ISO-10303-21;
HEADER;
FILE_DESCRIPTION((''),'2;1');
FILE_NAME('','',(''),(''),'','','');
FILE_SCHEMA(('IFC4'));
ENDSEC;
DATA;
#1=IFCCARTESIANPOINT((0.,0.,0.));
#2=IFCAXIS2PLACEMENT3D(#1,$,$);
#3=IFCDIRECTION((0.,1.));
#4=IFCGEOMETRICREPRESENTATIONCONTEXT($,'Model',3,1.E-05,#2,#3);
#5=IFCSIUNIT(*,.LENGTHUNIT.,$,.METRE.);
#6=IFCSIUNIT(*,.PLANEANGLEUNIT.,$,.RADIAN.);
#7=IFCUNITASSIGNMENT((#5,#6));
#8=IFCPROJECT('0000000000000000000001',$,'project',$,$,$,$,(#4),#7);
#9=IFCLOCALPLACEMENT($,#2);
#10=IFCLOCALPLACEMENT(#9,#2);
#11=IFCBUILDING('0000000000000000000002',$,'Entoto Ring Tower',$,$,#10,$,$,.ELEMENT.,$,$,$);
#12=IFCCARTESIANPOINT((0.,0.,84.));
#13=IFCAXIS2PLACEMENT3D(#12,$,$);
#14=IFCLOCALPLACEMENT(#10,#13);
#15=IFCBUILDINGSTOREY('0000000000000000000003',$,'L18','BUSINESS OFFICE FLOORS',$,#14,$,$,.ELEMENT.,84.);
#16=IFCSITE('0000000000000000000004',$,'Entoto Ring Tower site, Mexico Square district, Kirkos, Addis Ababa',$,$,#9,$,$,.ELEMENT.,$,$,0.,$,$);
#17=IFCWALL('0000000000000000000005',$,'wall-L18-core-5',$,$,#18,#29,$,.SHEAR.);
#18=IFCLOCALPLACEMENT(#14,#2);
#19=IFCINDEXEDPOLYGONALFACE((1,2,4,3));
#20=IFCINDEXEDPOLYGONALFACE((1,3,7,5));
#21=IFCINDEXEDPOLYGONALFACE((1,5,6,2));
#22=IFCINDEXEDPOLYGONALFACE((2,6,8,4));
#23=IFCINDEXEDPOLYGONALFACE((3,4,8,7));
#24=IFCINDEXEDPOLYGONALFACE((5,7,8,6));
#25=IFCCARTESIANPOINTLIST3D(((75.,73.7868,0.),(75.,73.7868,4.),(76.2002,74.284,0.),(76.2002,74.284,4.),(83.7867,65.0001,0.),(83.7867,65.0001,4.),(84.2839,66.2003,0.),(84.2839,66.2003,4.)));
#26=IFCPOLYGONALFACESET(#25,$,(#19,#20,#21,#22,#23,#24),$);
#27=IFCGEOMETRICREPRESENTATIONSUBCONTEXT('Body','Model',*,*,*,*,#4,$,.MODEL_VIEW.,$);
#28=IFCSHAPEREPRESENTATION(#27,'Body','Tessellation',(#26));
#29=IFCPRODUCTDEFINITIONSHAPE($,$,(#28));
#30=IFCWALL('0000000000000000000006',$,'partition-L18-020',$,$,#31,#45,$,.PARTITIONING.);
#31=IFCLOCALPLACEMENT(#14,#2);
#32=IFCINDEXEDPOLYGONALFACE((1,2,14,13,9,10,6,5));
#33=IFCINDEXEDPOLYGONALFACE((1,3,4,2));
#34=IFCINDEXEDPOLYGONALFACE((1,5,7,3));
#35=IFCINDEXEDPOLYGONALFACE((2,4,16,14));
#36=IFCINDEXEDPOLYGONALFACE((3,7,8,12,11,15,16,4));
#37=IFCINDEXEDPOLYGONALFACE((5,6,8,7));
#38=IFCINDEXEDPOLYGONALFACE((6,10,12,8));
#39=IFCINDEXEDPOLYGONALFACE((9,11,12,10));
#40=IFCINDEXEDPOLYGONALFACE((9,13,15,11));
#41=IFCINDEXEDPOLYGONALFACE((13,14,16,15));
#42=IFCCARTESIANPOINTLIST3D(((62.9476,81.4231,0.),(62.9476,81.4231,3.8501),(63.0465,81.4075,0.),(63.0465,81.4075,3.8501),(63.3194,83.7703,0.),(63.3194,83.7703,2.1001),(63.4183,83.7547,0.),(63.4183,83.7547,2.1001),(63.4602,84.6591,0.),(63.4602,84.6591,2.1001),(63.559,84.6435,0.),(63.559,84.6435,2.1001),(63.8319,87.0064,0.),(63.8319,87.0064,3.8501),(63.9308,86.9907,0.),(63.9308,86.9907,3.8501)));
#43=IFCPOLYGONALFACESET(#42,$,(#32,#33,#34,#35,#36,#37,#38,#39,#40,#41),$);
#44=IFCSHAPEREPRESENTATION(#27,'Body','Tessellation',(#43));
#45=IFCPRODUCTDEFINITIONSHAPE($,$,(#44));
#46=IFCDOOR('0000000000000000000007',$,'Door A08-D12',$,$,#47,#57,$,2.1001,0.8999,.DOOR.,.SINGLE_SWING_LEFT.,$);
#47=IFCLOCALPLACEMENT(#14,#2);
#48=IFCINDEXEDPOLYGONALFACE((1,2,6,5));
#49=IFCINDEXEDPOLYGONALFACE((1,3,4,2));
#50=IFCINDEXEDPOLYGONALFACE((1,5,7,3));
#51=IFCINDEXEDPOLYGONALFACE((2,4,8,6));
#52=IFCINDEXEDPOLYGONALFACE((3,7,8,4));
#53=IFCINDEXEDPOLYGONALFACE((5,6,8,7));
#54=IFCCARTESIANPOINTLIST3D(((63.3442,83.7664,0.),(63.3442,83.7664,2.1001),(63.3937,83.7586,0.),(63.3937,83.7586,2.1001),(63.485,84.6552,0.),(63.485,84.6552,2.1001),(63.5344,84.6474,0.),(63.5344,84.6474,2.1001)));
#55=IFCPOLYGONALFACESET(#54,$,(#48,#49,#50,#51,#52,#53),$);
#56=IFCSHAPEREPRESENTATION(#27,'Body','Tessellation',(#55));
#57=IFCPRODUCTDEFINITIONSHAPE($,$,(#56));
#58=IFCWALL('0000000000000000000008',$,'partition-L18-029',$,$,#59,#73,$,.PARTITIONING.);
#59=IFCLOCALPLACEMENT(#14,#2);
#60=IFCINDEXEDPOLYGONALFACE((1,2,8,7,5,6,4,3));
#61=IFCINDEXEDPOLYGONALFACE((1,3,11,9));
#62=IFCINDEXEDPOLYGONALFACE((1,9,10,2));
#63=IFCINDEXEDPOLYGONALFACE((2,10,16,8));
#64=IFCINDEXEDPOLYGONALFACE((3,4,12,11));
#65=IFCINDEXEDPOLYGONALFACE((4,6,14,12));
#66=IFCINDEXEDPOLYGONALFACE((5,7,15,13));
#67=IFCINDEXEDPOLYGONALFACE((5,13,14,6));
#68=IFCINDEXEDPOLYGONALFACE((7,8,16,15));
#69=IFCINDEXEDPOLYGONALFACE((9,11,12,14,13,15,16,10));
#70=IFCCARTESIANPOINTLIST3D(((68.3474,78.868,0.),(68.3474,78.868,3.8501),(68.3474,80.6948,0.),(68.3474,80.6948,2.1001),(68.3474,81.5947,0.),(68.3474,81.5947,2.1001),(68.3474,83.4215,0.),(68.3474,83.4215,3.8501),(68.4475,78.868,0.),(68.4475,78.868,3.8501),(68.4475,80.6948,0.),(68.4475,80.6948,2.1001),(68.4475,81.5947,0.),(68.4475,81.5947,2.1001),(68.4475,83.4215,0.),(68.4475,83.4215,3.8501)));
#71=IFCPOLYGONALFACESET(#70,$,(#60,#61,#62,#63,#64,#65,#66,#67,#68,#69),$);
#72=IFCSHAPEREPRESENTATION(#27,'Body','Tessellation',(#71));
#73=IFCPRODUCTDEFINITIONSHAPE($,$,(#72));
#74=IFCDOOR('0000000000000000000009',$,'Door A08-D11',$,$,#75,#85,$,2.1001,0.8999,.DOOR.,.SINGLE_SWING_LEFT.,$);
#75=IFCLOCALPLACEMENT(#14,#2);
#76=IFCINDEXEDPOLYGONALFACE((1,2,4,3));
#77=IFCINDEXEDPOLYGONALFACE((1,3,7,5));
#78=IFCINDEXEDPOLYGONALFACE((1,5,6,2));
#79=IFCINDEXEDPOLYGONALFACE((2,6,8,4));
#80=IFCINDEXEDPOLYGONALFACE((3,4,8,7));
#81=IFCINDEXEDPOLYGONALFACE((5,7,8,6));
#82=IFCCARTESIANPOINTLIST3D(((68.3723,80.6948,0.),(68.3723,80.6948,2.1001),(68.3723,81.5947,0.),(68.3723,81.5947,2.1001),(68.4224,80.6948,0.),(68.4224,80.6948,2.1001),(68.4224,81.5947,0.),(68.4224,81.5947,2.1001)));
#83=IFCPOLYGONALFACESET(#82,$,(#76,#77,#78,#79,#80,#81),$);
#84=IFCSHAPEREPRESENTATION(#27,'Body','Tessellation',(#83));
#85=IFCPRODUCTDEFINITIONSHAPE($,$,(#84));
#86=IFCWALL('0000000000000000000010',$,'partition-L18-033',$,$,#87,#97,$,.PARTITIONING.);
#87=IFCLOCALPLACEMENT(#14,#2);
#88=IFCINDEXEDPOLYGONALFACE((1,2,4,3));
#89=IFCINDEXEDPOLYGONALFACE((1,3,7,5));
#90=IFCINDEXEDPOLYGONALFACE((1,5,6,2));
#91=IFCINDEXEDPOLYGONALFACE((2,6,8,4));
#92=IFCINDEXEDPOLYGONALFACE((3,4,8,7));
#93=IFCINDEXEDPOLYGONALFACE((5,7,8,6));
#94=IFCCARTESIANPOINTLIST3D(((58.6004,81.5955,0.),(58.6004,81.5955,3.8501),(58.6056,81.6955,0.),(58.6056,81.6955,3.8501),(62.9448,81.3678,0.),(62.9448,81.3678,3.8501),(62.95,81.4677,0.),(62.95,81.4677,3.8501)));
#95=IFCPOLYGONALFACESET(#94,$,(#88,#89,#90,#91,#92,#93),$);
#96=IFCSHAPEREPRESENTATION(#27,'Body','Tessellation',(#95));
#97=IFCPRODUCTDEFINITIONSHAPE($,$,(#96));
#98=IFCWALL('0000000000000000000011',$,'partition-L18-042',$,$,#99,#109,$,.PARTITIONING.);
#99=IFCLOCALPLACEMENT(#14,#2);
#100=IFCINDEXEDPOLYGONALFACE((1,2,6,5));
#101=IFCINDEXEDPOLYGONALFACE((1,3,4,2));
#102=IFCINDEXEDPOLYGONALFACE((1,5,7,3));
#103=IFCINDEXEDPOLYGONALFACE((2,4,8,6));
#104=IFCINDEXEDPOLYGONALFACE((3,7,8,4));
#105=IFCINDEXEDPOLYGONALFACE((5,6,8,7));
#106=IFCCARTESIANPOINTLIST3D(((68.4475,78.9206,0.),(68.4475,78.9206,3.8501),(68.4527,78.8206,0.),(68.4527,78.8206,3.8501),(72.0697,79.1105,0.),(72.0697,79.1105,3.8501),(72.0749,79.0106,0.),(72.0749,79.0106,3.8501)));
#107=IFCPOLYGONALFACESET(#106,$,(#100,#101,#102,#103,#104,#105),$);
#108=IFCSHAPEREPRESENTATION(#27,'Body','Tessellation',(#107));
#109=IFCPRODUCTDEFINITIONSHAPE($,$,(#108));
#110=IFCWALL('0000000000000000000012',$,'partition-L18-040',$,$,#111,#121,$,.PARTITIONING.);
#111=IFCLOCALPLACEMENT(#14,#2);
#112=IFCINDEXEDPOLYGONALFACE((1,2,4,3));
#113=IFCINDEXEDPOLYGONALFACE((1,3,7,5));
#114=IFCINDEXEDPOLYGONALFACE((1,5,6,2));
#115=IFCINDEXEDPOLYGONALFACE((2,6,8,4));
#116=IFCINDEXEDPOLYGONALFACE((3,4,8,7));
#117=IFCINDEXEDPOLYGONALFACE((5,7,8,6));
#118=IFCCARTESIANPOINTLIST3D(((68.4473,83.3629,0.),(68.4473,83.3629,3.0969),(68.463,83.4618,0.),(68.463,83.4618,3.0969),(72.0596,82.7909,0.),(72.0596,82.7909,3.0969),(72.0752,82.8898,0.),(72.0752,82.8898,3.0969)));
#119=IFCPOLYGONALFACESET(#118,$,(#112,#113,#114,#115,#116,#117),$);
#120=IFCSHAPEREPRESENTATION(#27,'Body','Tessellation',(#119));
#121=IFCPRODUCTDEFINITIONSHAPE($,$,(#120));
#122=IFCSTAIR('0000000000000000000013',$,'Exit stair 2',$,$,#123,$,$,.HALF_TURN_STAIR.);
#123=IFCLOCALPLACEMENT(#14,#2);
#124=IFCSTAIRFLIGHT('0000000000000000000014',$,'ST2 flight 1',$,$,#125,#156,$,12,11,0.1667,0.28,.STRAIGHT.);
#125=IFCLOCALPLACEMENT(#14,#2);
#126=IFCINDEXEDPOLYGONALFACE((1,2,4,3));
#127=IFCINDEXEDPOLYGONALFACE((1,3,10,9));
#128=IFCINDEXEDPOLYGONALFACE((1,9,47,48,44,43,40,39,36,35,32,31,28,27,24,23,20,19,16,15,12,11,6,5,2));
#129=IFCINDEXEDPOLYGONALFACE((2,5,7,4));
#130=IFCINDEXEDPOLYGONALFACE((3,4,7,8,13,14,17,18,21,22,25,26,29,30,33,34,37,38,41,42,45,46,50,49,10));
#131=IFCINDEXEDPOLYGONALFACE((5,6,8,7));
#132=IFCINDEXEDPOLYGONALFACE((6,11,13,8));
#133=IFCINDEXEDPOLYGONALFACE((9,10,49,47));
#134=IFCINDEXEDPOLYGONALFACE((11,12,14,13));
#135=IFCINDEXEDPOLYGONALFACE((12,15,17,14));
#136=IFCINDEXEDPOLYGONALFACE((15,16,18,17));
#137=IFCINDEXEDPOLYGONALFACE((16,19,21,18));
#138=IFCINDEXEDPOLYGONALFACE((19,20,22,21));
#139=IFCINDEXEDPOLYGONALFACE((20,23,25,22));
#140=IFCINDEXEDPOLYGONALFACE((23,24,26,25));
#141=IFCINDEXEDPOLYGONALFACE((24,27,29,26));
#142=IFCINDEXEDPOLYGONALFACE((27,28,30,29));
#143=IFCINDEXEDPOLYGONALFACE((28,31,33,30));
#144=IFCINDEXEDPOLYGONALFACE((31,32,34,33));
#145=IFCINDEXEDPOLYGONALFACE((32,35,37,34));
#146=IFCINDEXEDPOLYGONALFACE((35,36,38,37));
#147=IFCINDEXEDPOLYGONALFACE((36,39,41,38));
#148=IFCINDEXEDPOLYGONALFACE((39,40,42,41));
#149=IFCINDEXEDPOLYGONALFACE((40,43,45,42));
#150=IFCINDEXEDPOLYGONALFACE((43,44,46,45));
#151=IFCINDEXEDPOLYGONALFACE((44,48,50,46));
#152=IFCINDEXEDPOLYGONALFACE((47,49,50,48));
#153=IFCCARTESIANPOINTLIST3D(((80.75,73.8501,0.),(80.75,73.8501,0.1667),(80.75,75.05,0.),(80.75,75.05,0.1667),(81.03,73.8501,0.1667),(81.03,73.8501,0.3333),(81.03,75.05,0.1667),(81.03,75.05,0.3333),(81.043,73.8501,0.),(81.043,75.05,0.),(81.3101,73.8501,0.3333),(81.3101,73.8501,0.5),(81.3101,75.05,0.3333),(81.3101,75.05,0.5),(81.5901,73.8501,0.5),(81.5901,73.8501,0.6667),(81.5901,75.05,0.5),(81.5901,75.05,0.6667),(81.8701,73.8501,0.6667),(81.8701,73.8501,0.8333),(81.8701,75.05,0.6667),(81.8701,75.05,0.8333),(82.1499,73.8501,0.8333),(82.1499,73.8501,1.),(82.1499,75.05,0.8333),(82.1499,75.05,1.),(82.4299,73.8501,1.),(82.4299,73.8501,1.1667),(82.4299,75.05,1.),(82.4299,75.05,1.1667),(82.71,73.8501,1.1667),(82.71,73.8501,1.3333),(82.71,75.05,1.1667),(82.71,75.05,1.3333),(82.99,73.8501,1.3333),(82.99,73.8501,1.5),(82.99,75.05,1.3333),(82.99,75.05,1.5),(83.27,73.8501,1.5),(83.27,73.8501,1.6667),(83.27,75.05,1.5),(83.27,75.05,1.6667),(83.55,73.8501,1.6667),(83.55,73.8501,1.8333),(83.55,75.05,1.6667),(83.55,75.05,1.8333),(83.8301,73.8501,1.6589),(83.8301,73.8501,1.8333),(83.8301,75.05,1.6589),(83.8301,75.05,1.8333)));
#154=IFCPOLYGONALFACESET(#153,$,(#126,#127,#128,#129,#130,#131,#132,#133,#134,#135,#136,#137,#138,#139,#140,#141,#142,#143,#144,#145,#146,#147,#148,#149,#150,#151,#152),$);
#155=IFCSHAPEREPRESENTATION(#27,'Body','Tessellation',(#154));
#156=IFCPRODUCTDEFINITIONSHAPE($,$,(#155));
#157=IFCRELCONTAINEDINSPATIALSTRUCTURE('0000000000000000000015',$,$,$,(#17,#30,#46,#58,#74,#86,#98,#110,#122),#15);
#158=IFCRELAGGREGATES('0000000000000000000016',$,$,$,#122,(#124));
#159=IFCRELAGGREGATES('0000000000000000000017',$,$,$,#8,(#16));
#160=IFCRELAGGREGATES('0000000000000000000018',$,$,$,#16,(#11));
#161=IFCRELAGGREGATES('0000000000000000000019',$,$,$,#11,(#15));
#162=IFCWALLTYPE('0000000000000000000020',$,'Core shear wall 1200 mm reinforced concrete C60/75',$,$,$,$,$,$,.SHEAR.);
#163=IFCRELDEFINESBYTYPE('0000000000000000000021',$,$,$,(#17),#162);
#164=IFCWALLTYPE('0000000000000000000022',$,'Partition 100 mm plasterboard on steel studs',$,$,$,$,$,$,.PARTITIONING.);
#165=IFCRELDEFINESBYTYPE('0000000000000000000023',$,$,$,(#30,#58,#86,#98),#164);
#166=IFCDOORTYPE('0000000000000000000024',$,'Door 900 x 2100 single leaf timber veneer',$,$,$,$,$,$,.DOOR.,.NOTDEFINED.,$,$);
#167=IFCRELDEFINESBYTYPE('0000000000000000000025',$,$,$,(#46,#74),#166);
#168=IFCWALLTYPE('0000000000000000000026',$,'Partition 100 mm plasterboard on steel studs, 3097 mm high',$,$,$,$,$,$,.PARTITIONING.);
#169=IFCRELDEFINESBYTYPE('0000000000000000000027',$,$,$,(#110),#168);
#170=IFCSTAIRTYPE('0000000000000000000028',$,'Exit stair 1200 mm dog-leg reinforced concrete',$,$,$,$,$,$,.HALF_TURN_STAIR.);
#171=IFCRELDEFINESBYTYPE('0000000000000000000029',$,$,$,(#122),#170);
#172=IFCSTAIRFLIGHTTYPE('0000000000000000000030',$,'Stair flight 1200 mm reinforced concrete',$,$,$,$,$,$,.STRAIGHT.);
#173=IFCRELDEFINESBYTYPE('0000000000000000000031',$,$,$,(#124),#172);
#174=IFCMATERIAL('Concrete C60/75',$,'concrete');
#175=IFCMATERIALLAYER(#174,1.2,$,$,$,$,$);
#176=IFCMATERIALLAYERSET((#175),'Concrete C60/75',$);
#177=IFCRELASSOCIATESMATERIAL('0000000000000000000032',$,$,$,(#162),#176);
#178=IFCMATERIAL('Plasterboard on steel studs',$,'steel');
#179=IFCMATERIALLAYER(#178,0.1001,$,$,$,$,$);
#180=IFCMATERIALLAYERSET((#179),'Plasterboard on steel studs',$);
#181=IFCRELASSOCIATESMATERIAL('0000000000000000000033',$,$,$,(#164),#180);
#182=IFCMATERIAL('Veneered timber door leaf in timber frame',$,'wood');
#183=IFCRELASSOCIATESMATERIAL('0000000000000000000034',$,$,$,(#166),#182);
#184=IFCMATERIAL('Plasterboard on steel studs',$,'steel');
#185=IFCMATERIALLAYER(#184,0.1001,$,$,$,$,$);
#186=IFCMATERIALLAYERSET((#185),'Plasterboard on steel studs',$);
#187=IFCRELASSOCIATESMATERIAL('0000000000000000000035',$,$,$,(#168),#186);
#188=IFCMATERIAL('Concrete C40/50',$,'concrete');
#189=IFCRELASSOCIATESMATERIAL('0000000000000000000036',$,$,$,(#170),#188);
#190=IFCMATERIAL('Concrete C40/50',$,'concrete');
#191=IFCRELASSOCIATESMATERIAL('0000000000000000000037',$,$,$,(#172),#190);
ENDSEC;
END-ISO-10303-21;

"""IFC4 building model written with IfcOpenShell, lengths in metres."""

from ifc_helpers import new_model, si_unit, direction, frame, frame_2d, origin, place, context, subcontext, project, spatial, polyline, rectangle, outline, extrude, material, layer, layer_set, type_object, element, fill, aggregate, save


model = new_model("IFC4")

# Units and contexts
model_context = context("Model", 3, precision=1e-05, world=origin(), true_north=direction((0.0, 1.0)))
body_context = subcontext(model_context, "Body", "Model", "MODEL_VIEW")
ifc_project = project(units=[si_unit("LENGTHUNIT", "METRE"), si_unit("PLANEANGLEUNIT", "RADIAN")], contexts=[model_context])

# Site, building, storey
site_placement = place(None, origin())
site = spatial("IfcSite", under=ifc_project, at=site_placement, Name="Entoto Ring Tower site, Mexico Square district, Kirkos, Addis Ababa", CompositionType="ELEMENT", RefElevation=0.0)
building_placement = place(site_placement, origin())
building = spatial("IfcBuilding", under=site, at=building_placement, Name="Entoto Ring Tower", CompositionType="ELEMENT")
storey_placement = place(building_placement, frame((0.0, 0.0, 84.0)))
storey = spatial("IfcBuildingStorey", under=building, at=storey_placement, Name="L18", Description="BUSINESS OFFICE FLOORS", CompositionType="ELEMENT", Elevation=84.0)

# Wall
ifc_material_1 = material(Name="Concrete C60/75", Category="concrete")
ifc_layer_1 = layer(ifc_material_1, 1.2)
ifc_layer_set_1 = layer_set([ifc_layer_1], Name="Concrete C60/75")
wall_type_1 = type_object("IfcWallType", Name="Core shear wall 1200 mm reinforced concrete C60/75", PredefinedType="SHEAR", material=ifc_layer_set_1)
wall_1_placement = place(storey_placement, frame((75.6001, 74.0354, 0.0), z_axis=(0.0, 0.0, 1.0), x_axis=(0.707107, -0.707107, 0.0)))
element("IfcWall", 1, at=wall_1_placement, inside=storey, type_object=wall_type_1, Name="wall-L18-core-5", PredefinedType="SHEAR", context=body_context, shape_type="SweptSolid", body=[
    extrude(outline(polyline([(-0.2485, -0.6001), (12.1777, -0.6001), (11.6807, 0.6001), (0.2485, 0.6001), (-0.2485, -0.6001)])), origin(), (0.0, 0.0, 1.0), 4.0),
])

# Walls, openings, doors
ifc_material_2 = material(Name="Plasterboard on steel studs", Category="steel")
ifc_layer_2 = layer(ifc_material_2, 0.1001)
ifc_layer_set_2 = layer_set([ifc_layer_2], Name="Plasterboard on steel studs")
wall_type_2 = type_object("IfcWallType", Name="Partition 100 mm plasterboard on steel studs", PredefinedType="PARTITIONING", material=ifc_layer_set_2)
wall_2_placement = place(storey_placement, frame((62.9971, 81.4153, 0.0), z_axis=(0.0, 0.0, 1.0), x_axis=(0.156431, 0.987689, 0.0)))
wall_2 = element("IfcWall", 2, at=wall_2_placement, inside=storey, type_object=wall_type_2, Name="partition-L18-020", PredefinedType="PARTITIONING", context=body_context, shape_type="SweptSolid", body=[
    extrude(rectangle(XDim=5.6528, YDim=0.1001, at=frame_2d((2.8264, 0.0))), origin(), (0.0, 0.0, 1.0), 3.8501),
])
opening_1_placement = place(wall_2_placement, frame((2.3765, 0.0, 0.0)))
opening_1 = element("IfcOpeningElement", 3, at=opening_1_placement, cuts=wall_2, PredefinedType="OPENING", context=body_context, shape_type="SweptSolid", body=[
    extrude(rectangle(XDim=0.8999, YDim=2.1001, at=frame_2d((0.45, 1.05))), frame((0.0, 0.0601, 0.0), z_axis=(0.0, -1.0, 0.0), x_axis=(1.0, 0.0, 0.0)), (0.0, 0.0, 1.0), 0.1201),
])
ifc_material_3 = material(Name="Veneered timber door leaf in timber frame", Category="wood")
door_type_1 = type_object("IfcDoorType", Name="Door 900 x 2100 single leaf timber veneer", OperationType="NOTDEFINED", PredefinedType="DOOR", material=ifc_material_3)
door_1_placement = place(opening_1_placement, origin())
door_1 = element("IfcDoor", 4, at=door_1_placement, inside=storey, type_object=door_type_1, Name="Door A08-D12", OperationType="SINGLE_SWING_LEFT", OverallHeight=2.1001, OverallWidth=0.8999, PredefinedType="DOOR", context=body_context, shape_type="SweptSolid", body=[
    extrude(rectangle(XDim=0.8999, YDim=2.1001, at=frame_2d((0.45, 1.05))), frame((0.0, 0.0249, 0.0), z_axis=(0.0, -1.0, 0.0), x_axis=(1.0, 0.0, 0.0)), (0.0, 0.0, 1.0), 0.05),
])
fill(opening_1, door_1)
wall_3_placement = place(storey_placement, frame((68.3975, 78.8679, 0.0), z_axis=(0.0, 0.0, 1.0), x_axis=(0.0, 1.0, 0.0)))
wall_3 = element("IfcWall", 5, at=wall_3_placement, inside=storey, type_object=wall_type_2, Name="partition-L18-029", PredefinedType="PARTITIONING", context=body_context, shape_type="SweptSolid", body=[
    extrude(rectangle(XDim=4.5535, YDim=0.1001, at=frame_2d((2.2769, 0.0))), origin(), (0.0, 0.0, 1.0), 3.8501),
])
opening_2_placement = place(wall_3_placement, frame((1.8269, 0.0, 0.0)))
opening_2 = element("IfcOpeningElement", 6, at=opening_2_placement, cuts=wall_3, PredefinedType="OPENING", context=body_context, shape_type="SweptSolid", body=[
    extrude(rectangle(XDim=0.8999, YDim=2.1001, at=frame_2d((0.45, 1.05))), frame((0.0, 0.0601, 0.0), z_axis=(0.0, -1.0, 0.0), x_axis=(1.0, 0.0, 0.0)), (0.0, 0.0, 1.0), 0.1201),
])
door_2_placement = place(opening_2_placement, frame((0.8999, 0.0, 0.0), z_axis=(0.0, 0.0, 1.0), x_axis=(-1.0, 0.0, 0.0)))
door_2 = element("IfcDoor", 7, at=door_2_placement, inside=storey, type_object=door_type_1, Name="Door A08-D11", OperationType="SINGLE_SWING_LEFT", OverallHeight=2.1001, OverallWidth=0.8999, PredefinedType="DOOR", context=body_context, shape_type="SweptSolid", body=[
    extrude(rectangle(XDim=0.8999, YDim=2.1001, at=frame_2d((0.45, 1.05))), frame((0.0, 0.0249, 0.0), z_axis=(0.0, -1.0, 0.0), x_axis=(1.0, 0.0, 0.0)), (0.0, 0.0, 1.0), 0.05),
])
fill(opening_2, door_2)

# Walls
wall_4_placement = place(storey_placement, frame((62.9475, 81.4177, 0.0), z_axis=(0.0, 0.0, 1.0), x_axis=(-0.998628, 0.052359, 0.0)))
element("IfcWall", 8, at=wall_4_placement, inside=storey, type_object=wall_type_2, Name="partition-L18-033", PredefinedType="PARTITIONING", context=body_context, shape_type="SweptSolid", body=[
    extrude(rectangle(XDim=4.3503, YDim=0.1001, at=frame_2d((2.1753, 0.0))), origin(), (0.0, 0.0, 1.0), 3.8501),
])
wall_5_placement = place(storey_placement, frame((68.4502, 78.8706, 0.0), z_axis=(0.0, 0.0, 1.0), x_axis=(0.998628, 0.052365, 0.0)))
element("IfcWall", 9, at=wall_5_placement, inside=storey, type_object=wall_type_2, Name="partition-L18-042", PredefinedType="PARTITIONING", context=body_context, shape_type="SweptSolid", body=[
    extrude(rectangle(XDim=3.6272, YDim=0.1001, at=frame_2d((1.8135, 0.0))), origin(), (0.0, 0.0, 1.0), 3.8501),
])
ifc_material_4 = material(Name="Plasterboard on steel studs", Category="steel")
ifc_layer_3 = layer(ifc_material_4, 0.1001)
ifc_layer_set_3 = layer_set([ifc_layer_3], Name="Plasterboard on steel studs")
wall_type_3 = type_object("IfcWallType", Name="Partition 100 mm plasterboard on steel studs, 3097 mm high", PredefinedType="PARTITIONING", material=ifc_layer_set_3)
wall_6_placement = place(storey_placement, frame((72.0674, 82.8403, 0.0), z_axis=(0.0, 0.0, 1.0), x_axis=(-0.987693, 0.156405, 0.0)))
element("IfcWall", 10, at=wall_6_placement, inside=storey, type_object=wall_type_3, Name="partition-L18-040", PredefinedType="PARTITIONING", context=body_context, shape_type="SweptSolid", body=[
    extrude(rectangle(XDim=3.6572, YDim=0.1001, at=frame_2d((1.8286, 0.0))), origin(), (0.0, 0.0, 1.0), 3.0969),
])

# Stair, stair flight
ifc_material_5 = material(Name="Concrete C40/50", Category="concrete")
stair_type = type_object("IfcStairType", Name="Exit stair 1200 mm dog-leg reinforced concrete", PredefinedType="HALF_TURN_STAIR", material=ifc_material_5)
stair_placement = place(storey_placement, origin())
stair = element("IfcStair", 11, at=stair_placement, inside=storey, type_object=stair_type, Name="Exit stair 2", PredefinedType="HALF_TURN_STAIR")
ifc_material_6 = material(Name="Concrete C40/50", Category="concrete")
stair_flight_type = type_object("IfcStairFlightType", Name="Stair flight 1200 mm reinforced concrete", PredefinedType="STRAIGHT", material=ifc_material_6)
stair_flight_1_placement = place(storey_placement, frame((80.75, 74.45, 0.0), z_axis=(0.0, 0.0, 1.0), x_axis=(1.0, 0.0, 0.0)))
stair_flight_1 = element("IfcStairFlight", 12, at=stair_flight_1_placement, type_object=stair_flight_type, Name="ST2 flight 1", NumberOfRisers=12, NumberOfTreads=11, PredefinedType="STRAIGHT", RiserHeight=0.1667, TreadLength=0.28, context=body_context, shape_type="SweptSolid", body=[
    extrude(outline(polyline([(0.0, 0.0), (0.0, 0.1667), (0.28, 0.1667), (0.28, 0.3333), (0.5601, 0.3333), (0.5601, 0.5), (0.8401, 0.5), (0.8401, 0.6667), (1.1201, 0.6667), (1.1201, 0.8333), (1.3999, 0.8333), (1.3999, 1.0), (1.6799, 1.0), (1.6799, 1.1667), (1.96, 1.1667), (1.96, 1.3333), (2.24, 1.3333), (2.24, 1.5), (2.52, 1.5), (2.52, 1.6667), (2.8, 1.6667), (2.8, 1.8333), (3.0801, 1.8333), (3.0801, 2.0), (3.0801, 1.6589), (0.293, 0.0), (0.0, 0.0)])), frame((0.0, 0.6001, 0.0), z_axis=(0.0, -1.0, 0.0), x_axis=(1.0, 0.0, 0.0)), (0.0, 0.0, 1.0), 1.2),
])
aggregate(stair, [stair_flight_1])

save(model, "model.ifc")
